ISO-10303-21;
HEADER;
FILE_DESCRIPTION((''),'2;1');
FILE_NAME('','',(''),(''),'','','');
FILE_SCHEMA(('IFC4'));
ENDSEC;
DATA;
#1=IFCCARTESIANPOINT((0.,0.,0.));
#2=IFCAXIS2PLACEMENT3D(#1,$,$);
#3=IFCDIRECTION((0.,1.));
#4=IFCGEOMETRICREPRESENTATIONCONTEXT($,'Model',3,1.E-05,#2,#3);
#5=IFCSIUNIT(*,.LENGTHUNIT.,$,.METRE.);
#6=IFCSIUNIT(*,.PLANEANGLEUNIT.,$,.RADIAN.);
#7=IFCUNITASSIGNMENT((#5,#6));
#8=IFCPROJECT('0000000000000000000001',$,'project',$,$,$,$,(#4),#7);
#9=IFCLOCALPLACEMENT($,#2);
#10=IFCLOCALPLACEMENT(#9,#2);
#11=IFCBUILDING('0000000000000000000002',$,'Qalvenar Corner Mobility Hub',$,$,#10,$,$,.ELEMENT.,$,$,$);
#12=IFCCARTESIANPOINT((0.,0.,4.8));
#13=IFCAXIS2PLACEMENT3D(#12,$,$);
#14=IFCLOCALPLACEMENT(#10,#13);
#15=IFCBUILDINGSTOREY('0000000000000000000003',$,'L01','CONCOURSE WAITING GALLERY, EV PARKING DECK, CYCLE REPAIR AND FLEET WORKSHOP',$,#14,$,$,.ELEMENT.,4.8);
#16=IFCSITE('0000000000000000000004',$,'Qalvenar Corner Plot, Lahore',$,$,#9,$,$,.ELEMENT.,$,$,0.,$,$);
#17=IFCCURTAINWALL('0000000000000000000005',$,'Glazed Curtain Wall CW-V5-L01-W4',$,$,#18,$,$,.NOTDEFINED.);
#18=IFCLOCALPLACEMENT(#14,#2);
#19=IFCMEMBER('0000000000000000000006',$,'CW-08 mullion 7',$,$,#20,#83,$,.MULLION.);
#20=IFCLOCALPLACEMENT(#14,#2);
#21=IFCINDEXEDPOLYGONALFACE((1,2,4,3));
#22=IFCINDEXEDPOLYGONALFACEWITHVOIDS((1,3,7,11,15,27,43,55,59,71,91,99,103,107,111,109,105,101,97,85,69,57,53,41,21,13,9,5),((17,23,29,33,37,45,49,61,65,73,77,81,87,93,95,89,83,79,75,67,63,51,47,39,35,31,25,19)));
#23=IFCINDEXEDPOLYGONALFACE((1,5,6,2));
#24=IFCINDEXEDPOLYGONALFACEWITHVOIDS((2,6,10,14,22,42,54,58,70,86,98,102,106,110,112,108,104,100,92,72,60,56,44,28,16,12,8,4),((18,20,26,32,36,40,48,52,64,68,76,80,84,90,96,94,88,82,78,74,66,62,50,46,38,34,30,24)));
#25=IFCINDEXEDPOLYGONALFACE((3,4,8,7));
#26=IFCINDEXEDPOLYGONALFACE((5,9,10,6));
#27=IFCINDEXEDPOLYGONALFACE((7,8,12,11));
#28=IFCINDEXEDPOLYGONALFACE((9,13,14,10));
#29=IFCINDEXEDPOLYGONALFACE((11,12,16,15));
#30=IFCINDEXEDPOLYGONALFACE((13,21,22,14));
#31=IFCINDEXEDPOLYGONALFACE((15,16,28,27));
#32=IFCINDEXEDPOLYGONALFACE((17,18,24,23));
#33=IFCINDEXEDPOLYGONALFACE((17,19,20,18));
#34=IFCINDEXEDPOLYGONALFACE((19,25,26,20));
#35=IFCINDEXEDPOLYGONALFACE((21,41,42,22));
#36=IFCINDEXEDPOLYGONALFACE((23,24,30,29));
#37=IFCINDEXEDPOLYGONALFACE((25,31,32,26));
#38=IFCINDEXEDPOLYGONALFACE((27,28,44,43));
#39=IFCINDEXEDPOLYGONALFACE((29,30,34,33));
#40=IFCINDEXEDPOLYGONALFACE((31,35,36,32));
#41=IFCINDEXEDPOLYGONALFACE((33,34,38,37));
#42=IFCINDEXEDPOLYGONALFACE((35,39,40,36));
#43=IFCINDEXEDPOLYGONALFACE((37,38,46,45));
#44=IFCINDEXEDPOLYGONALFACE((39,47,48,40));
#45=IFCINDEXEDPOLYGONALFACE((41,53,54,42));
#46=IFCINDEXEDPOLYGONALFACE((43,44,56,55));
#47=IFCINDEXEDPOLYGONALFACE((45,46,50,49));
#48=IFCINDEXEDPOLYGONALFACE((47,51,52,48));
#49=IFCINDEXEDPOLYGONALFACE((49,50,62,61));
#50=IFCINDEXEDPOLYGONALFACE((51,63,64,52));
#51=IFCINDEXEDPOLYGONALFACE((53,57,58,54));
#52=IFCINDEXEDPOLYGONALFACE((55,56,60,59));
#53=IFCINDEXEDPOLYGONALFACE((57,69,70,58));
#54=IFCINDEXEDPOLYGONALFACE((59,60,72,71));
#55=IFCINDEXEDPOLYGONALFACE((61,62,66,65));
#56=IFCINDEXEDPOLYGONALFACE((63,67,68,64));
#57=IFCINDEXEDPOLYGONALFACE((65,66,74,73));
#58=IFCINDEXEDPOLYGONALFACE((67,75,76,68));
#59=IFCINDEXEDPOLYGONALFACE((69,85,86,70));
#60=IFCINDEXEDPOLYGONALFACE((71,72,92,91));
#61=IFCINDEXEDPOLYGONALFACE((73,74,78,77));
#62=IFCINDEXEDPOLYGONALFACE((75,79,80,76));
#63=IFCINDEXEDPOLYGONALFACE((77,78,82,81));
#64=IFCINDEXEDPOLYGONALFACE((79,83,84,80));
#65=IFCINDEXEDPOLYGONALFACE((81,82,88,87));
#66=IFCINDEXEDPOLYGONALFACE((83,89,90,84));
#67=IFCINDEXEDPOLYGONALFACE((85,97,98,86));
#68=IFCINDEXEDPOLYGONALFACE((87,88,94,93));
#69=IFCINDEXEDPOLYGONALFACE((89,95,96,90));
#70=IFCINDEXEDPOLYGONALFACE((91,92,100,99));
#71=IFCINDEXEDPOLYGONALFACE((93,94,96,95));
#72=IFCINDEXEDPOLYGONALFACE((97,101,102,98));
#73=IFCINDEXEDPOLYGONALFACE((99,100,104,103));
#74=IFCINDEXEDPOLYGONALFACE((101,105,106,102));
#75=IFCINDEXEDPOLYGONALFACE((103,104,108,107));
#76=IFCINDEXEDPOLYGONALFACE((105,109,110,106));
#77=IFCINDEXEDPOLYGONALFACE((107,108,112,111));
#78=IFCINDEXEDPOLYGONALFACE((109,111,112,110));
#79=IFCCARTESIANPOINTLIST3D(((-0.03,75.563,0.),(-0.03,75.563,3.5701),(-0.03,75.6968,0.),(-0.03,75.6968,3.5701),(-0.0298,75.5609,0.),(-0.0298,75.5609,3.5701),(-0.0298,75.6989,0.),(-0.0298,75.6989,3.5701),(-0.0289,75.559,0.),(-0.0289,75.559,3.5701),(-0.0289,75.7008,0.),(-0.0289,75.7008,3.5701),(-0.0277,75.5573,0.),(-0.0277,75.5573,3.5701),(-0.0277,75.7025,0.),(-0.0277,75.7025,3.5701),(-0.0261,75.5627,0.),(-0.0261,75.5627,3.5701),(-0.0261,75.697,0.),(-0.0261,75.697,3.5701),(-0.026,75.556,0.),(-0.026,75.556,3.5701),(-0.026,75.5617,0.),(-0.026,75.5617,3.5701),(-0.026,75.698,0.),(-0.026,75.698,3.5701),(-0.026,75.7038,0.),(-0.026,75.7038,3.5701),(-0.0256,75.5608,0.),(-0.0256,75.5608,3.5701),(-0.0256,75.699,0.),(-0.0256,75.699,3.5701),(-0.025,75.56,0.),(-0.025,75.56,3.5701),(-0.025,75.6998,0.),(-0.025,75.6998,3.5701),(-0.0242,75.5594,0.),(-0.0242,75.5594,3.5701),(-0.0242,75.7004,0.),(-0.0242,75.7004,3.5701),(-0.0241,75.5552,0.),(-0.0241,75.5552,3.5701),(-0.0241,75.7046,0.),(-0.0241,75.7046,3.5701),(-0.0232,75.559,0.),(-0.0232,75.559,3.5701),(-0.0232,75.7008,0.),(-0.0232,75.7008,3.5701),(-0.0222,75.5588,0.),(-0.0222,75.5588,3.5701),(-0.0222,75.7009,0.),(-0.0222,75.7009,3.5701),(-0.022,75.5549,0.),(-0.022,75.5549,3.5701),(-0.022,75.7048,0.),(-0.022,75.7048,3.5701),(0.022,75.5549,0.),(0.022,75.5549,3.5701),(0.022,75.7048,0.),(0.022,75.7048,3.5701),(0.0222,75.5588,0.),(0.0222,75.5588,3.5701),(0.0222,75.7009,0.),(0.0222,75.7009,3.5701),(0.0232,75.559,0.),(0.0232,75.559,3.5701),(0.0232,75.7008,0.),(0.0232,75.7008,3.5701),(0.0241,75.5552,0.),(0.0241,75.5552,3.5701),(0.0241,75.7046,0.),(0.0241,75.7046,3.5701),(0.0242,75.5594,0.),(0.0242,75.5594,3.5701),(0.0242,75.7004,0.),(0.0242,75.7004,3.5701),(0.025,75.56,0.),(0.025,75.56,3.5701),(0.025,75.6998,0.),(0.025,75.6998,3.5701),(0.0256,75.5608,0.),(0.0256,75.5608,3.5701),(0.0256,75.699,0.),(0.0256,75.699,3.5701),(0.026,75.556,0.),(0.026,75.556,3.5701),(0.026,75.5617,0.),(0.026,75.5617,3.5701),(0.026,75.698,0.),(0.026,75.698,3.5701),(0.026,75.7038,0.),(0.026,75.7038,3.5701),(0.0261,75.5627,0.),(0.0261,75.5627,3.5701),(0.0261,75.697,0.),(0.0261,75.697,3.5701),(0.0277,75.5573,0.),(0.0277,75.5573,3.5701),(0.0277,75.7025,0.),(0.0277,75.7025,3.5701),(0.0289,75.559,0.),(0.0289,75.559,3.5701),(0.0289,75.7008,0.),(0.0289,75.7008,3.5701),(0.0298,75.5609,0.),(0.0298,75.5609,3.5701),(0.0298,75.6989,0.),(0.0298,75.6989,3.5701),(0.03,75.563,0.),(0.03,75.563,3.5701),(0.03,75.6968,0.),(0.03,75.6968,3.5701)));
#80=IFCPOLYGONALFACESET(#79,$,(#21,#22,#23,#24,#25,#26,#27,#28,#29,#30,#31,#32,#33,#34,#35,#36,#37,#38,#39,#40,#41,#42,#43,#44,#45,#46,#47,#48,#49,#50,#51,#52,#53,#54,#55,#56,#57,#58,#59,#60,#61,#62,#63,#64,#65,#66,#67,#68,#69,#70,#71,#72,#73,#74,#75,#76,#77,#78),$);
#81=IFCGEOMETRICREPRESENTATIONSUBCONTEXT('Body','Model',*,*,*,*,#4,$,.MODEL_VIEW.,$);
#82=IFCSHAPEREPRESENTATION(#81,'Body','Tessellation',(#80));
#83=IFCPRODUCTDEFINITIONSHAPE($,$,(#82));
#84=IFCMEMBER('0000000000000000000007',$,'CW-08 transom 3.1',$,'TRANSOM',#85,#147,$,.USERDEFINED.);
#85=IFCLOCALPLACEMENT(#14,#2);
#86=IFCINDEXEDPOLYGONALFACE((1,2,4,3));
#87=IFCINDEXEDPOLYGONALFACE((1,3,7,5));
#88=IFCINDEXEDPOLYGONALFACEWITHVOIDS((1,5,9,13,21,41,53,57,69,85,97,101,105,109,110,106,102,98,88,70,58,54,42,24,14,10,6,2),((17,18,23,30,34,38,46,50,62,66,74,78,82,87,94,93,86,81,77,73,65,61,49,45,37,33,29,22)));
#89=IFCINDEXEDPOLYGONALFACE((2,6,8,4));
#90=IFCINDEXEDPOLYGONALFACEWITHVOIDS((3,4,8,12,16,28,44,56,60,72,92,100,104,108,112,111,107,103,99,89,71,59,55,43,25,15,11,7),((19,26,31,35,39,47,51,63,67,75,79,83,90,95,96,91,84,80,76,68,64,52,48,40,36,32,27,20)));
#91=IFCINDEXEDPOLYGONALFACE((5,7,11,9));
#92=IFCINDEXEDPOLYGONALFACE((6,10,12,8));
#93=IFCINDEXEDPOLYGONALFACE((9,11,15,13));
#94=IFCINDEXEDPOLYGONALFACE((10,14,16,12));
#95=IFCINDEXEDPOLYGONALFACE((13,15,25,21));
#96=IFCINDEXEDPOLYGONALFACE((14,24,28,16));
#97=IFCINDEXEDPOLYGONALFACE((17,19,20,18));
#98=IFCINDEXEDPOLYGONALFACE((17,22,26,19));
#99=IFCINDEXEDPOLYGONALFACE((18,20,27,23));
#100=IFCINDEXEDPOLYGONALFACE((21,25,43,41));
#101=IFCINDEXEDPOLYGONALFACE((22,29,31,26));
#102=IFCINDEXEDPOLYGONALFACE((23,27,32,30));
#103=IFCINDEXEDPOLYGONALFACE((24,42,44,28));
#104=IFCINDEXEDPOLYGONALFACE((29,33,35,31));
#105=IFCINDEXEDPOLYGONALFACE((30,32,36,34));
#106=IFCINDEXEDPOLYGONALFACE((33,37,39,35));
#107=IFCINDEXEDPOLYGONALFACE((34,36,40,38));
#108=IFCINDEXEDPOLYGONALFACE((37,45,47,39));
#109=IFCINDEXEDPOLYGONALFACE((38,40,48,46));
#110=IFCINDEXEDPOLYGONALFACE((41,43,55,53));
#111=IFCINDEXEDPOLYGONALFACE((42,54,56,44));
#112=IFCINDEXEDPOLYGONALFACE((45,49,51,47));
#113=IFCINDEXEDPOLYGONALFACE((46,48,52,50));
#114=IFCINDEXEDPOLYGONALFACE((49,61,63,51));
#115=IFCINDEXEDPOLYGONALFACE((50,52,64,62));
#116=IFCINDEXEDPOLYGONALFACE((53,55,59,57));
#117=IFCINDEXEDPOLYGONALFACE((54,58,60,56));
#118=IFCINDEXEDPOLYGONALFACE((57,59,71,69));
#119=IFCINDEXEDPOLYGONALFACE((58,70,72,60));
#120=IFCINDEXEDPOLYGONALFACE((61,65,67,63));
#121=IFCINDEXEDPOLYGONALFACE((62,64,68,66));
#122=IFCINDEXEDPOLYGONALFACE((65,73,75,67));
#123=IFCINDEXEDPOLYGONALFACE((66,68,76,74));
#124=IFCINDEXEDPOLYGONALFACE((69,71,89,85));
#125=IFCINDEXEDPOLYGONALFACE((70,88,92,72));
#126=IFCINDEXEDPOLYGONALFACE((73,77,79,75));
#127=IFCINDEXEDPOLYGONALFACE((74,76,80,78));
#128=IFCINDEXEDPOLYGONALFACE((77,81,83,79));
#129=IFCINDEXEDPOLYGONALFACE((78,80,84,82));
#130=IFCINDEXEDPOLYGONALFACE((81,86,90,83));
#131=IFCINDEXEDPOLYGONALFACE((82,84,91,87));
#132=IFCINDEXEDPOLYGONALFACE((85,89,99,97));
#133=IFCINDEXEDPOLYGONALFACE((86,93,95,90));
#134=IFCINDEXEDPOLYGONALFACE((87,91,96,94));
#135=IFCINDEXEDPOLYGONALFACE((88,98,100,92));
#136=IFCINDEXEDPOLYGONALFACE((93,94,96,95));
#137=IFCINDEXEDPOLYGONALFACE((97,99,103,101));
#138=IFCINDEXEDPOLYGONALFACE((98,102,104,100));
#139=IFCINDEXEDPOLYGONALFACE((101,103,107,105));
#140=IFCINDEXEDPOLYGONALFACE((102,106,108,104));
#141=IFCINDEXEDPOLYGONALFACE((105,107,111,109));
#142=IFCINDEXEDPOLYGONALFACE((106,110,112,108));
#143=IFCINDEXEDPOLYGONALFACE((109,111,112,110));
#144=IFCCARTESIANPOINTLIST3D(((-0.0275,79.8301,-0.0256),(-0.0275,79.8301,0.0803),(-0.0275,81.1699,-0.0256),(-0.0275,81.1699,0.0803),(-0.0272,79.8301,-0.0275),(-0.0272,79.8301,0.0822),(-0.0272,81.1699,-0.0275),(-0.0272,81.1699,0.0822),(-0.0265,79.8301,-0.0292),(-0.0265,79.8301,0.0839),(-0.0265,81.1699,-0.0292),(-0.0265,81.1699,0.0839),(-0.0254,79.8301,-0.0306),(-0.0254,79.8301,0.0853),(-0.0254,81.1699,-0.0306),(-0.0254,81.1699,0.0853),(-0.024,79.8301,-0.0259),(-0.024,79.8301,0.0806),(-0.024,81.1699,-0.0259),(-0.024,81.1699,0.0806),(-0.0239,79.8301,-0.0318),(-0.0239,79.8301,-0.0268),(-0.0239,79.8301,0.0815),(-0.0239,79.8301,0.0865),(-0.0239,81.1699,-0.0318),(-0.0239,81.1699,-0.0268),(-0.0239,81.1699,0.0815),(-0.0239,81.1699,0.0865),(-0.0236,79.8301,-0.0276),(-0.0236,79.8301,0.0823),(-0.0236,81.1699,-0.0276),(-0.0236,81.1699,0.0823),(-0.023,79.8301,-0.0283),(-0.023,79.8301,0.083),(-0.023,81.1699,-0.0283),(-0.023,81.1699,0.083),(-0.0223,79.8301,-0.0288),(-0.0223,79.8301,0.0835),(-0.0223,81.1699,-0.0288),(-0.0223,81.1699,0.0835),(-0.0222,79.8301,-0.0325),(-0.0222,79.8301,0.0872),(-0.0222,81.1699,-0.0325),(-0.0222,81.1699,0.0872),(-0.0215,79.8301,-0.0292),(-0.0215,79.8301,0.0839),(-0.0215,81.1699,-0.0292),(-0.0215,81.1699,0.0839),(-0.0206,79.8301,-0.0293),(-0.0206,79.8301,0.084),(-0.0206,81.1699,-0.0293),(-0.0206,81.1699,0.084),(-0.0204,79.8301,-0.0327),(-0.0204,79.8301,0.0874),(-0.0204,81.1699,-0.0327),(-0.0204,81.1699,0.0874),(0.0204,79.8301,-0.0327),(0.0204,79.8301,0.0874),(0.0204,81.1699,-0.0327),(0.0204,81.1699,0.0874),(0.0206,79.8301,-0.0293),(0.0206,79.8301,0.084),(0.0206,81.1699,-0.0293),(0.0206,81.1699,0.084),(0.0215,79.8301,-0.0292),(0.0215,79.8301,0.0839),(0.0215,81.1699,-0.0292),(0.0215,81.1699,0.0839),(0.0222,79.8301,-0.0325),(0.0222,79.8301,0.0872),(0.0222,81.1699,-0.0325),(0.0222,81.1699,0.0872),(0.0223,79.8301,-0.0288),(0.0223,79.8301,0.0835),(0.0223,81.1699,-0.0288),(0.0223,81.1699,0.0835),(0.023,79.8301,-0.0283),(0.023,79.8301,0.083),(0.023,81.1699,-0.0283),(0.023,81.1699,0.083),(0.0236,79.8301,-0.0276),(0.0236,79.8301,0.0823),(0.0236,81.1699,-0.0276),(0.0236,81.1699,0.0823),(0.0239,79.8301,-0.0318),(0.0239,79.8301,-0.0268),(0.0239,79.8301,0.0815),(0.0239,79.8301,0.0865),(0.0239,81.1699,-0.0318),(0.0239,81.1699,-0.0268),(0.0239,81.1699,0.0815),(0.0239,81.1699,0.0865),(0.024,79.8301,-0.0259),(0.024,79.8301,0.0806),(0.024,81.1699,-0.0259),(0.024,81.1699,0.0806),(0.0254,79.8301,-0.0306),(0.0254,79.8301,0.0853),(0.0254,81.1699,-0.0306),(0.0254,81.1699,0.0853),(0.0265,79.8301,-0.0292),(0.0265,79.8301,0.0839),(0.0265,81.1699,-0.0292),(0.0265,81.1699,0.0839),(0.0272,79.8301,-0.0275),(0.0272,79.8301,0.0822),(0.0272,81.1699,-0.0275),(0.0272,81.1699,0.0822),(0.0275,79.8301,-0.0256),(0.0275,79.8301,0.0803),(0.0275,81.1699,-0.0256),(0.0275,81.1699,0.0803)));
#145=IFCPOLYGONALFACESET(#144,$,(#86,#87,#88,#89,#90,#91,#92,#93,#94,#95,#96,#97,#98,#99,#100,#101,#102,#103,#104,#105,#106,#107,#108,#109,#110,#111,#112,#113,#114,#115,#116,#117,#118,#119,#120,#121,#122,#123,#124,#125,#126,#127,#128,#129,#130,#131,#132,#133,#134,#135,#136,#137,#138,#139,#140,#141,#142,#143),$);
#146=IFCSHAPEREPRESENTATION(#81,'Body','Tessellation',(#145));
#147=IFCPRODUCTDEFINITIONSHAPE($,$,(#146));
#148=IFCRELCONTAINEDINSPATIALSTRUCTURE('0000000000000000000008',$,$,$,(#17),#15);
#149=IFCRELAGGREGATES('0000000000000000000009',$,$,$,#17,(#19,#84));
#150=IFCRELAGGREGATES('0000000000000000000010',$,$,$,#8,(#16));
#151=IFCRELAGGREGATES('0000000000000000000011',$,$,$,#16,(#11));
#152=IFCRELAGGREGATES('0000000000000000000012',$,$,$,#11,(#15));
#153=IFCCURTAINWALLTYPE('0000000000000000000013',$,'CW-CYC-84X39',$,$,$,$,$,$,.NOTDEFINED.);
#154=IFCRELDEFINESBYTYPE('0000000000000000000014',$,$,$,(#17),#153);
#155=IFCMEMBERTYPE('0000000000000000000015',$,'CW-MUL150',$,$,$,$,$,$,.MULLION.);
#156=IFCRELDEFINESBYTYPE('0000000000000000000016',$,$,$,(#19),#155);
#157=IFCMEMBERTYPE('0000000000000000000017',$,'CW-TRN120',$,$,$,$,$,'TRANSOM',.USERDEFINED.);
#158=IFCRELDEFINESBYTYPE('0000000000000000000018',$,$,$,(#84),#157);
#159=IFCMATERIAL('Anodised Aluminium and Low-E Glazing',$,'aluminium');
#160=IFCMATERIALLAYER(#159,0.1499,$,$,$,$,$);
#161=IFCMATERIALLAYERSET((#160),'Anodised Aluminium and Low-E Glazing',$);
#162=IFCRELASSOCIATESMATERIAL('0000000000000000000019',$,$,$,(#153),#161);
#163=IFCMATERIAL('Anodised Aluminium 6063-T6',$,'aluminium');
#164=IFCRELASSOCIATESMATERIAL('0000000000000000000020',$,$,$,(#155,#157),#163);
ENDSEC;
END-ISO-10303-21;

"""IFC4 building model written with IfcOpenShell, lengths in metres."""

from ifc_helpers import new_model, si_unit, direction, frame, origin, origin_2d, place, context, subcontext, project, spatial, hollow_rectangle, extrude, material, layer, layer_set, material_profile, profile_set, type_object, element, aggregate, save


model = new_model("IFC4")

# Units and contexts
model_context = context("Model", 3, precision=1e-05, world=origin(), true_north=direction((0.0, 1.0)))
body_context = subcontext(model_context, "Body", "Model", "MODEL_VIEW")
ifc_project = project(units=[si_unit("LENGTHUNIT", "METRE"), si_unit("PLANEANGLEUNIT", "RADIAN")], contexts=[model_context])

# Site, building, storey
site_placement = place(None, origin())
site = spatial("IfcSite", under=ifc_project, at=site_placement, Name="Qalvenar Corner Plot, Lahore", CompositionType="ELEMENT", RefElevation=0.0)
building_placement = place(site_placement, origin())
building = spatial("IfcBuilding", under=site, at=building_placement, Name="Qalvenar Corner Mobility Hub", CompositionType="ELEMENT")
storey_placement = place(building_placement, frame((0.0, 0.0, 4.8)))
storey = spatial("IfcBuildingStorey", under=building, at=storey_placement, Name="L01", Description="CONCOURSE WAITING GALLERY, EV PARKING DECK, CYCLE REPAIR AND FLEET WORKSHOP", CompositionType="ELEMENT", Elevation=4.8)

# Curtain wall, members
ifc_material_1 = material(Name="Anodised Aluminium and Low-E Glazing", Category="aluminium")
ifc_layer_1 = layer(ifc_material_1, 0.1499)
ifc_layer_set_1 = layer_set([ifc_layer_1], Name="Anodised Aluminium and Low-E Glazing")
curtain_wall_type = type_object("IfcCurtainWallType", Name="CW-CYC-84X39", PredefinedType="NOTDEFINED", material=ifc_layer_set_1)
curtain_wall_placement = place(storey_placement, origin())
curtain_wall = element("IfcCurtainWall", 1, at=curtain_wall_placement, inside=storey, type_object=curtain_wall_type, Name="Glazed Curtain Wall CW-V5-L01-W4", PredefinedType="NOTDEFINED")
ifc_material_2 = material(Name="Anodised Aluminium 6063-T6", Category="aluminium")
ifc_material_profile_1 = material_profile(ifc_material_2, hollow_rectangle(XDim=0.0601, YDim=0.1499, WallThickness=0.0039, InnerFilletRadius=0.0039, OuterFilletRadius=0.0081, at=origin_2d()), Name="RHS150x60x4")
ifc_profile_set_1 = profile_set([ifc_material_profile_1], Name="Anodised Aluminium 6063-T6")
member_type_1 = type_object("IfcMemberType", Name="CW-MUL150", PredefinedType="MULLION", material=ifc_profile_set_1)
member_1_placement = place(storey_placement, frame((0.0, 75.6299, 0.0), z_axis=(0.0, 0.0, 1.0), x_axis=(1.0, 0.0, 0.0)))
member_1 = element("IfcMember", 2, at=member_1_placement, type_object=member_type_1, Name="CW-08 mullion 7", PredefinedType="MULLION", context=body_context, shape_type="SweptSolid", body=[
    extrude(hollow_rectangle(XDim=0.0601, YDim=0.1499, WallThickness=0.0039, InnerFilletRadius=0.0039, OuterFilletRadius=0.0081, at=origin_2d()), origin(), (0.0, 0.0, 1.0), 3.5701),
])
ifc_material_profile_2 = material_profile(ifc_material_2, hollow_rectangle(XDim=0.0549, YDim=0.1201, WallThickness=0.0034, InnerFilletRadius=0.0034, OuterFilletRadius=0.0071, at=origin_2d()), Name="RHS120x55x3.5")
ifc_profile_set_2 = profile_set([ifc_material_profile_2], Name="Anodised Aluminium 6063-T6")
member_type_2 = type_object("IfcMemberType", Name="CW-TRN120", ElementType="TRANSOM", PredefinedType="USERDEFINED", material=ifc_profile_set_2)
member_2_placement = place(storey_placement, frame((0.0, 81.1699, 0.0273), z_axis=(0.0, -1.0, 0.0), x_axis=(1.0, 0.0, 0.0)))
member_2 = element("IfcMember", 3, at=member_2_placement, type_object=member_type_2, Name="CW-08 transom 3.1", ObjectType="TRANSOM", PredefinedType="USERDEFINED", context=body_context, shape_type="SweptSolid", body=[
    extrude(hollow_rectangle(XDim=0.0549, YDim=0.1201, WallThickness=0.0034, InnerFilletRadius=0.0034, OuterFilletRadius=0.0071, at=origin_2d()), origin(), (0.0, 0.0, 1.0), 1.3398),
])
aggregate(curtain_wall, [member_1, member_2])

save(model, "model.ifc")
